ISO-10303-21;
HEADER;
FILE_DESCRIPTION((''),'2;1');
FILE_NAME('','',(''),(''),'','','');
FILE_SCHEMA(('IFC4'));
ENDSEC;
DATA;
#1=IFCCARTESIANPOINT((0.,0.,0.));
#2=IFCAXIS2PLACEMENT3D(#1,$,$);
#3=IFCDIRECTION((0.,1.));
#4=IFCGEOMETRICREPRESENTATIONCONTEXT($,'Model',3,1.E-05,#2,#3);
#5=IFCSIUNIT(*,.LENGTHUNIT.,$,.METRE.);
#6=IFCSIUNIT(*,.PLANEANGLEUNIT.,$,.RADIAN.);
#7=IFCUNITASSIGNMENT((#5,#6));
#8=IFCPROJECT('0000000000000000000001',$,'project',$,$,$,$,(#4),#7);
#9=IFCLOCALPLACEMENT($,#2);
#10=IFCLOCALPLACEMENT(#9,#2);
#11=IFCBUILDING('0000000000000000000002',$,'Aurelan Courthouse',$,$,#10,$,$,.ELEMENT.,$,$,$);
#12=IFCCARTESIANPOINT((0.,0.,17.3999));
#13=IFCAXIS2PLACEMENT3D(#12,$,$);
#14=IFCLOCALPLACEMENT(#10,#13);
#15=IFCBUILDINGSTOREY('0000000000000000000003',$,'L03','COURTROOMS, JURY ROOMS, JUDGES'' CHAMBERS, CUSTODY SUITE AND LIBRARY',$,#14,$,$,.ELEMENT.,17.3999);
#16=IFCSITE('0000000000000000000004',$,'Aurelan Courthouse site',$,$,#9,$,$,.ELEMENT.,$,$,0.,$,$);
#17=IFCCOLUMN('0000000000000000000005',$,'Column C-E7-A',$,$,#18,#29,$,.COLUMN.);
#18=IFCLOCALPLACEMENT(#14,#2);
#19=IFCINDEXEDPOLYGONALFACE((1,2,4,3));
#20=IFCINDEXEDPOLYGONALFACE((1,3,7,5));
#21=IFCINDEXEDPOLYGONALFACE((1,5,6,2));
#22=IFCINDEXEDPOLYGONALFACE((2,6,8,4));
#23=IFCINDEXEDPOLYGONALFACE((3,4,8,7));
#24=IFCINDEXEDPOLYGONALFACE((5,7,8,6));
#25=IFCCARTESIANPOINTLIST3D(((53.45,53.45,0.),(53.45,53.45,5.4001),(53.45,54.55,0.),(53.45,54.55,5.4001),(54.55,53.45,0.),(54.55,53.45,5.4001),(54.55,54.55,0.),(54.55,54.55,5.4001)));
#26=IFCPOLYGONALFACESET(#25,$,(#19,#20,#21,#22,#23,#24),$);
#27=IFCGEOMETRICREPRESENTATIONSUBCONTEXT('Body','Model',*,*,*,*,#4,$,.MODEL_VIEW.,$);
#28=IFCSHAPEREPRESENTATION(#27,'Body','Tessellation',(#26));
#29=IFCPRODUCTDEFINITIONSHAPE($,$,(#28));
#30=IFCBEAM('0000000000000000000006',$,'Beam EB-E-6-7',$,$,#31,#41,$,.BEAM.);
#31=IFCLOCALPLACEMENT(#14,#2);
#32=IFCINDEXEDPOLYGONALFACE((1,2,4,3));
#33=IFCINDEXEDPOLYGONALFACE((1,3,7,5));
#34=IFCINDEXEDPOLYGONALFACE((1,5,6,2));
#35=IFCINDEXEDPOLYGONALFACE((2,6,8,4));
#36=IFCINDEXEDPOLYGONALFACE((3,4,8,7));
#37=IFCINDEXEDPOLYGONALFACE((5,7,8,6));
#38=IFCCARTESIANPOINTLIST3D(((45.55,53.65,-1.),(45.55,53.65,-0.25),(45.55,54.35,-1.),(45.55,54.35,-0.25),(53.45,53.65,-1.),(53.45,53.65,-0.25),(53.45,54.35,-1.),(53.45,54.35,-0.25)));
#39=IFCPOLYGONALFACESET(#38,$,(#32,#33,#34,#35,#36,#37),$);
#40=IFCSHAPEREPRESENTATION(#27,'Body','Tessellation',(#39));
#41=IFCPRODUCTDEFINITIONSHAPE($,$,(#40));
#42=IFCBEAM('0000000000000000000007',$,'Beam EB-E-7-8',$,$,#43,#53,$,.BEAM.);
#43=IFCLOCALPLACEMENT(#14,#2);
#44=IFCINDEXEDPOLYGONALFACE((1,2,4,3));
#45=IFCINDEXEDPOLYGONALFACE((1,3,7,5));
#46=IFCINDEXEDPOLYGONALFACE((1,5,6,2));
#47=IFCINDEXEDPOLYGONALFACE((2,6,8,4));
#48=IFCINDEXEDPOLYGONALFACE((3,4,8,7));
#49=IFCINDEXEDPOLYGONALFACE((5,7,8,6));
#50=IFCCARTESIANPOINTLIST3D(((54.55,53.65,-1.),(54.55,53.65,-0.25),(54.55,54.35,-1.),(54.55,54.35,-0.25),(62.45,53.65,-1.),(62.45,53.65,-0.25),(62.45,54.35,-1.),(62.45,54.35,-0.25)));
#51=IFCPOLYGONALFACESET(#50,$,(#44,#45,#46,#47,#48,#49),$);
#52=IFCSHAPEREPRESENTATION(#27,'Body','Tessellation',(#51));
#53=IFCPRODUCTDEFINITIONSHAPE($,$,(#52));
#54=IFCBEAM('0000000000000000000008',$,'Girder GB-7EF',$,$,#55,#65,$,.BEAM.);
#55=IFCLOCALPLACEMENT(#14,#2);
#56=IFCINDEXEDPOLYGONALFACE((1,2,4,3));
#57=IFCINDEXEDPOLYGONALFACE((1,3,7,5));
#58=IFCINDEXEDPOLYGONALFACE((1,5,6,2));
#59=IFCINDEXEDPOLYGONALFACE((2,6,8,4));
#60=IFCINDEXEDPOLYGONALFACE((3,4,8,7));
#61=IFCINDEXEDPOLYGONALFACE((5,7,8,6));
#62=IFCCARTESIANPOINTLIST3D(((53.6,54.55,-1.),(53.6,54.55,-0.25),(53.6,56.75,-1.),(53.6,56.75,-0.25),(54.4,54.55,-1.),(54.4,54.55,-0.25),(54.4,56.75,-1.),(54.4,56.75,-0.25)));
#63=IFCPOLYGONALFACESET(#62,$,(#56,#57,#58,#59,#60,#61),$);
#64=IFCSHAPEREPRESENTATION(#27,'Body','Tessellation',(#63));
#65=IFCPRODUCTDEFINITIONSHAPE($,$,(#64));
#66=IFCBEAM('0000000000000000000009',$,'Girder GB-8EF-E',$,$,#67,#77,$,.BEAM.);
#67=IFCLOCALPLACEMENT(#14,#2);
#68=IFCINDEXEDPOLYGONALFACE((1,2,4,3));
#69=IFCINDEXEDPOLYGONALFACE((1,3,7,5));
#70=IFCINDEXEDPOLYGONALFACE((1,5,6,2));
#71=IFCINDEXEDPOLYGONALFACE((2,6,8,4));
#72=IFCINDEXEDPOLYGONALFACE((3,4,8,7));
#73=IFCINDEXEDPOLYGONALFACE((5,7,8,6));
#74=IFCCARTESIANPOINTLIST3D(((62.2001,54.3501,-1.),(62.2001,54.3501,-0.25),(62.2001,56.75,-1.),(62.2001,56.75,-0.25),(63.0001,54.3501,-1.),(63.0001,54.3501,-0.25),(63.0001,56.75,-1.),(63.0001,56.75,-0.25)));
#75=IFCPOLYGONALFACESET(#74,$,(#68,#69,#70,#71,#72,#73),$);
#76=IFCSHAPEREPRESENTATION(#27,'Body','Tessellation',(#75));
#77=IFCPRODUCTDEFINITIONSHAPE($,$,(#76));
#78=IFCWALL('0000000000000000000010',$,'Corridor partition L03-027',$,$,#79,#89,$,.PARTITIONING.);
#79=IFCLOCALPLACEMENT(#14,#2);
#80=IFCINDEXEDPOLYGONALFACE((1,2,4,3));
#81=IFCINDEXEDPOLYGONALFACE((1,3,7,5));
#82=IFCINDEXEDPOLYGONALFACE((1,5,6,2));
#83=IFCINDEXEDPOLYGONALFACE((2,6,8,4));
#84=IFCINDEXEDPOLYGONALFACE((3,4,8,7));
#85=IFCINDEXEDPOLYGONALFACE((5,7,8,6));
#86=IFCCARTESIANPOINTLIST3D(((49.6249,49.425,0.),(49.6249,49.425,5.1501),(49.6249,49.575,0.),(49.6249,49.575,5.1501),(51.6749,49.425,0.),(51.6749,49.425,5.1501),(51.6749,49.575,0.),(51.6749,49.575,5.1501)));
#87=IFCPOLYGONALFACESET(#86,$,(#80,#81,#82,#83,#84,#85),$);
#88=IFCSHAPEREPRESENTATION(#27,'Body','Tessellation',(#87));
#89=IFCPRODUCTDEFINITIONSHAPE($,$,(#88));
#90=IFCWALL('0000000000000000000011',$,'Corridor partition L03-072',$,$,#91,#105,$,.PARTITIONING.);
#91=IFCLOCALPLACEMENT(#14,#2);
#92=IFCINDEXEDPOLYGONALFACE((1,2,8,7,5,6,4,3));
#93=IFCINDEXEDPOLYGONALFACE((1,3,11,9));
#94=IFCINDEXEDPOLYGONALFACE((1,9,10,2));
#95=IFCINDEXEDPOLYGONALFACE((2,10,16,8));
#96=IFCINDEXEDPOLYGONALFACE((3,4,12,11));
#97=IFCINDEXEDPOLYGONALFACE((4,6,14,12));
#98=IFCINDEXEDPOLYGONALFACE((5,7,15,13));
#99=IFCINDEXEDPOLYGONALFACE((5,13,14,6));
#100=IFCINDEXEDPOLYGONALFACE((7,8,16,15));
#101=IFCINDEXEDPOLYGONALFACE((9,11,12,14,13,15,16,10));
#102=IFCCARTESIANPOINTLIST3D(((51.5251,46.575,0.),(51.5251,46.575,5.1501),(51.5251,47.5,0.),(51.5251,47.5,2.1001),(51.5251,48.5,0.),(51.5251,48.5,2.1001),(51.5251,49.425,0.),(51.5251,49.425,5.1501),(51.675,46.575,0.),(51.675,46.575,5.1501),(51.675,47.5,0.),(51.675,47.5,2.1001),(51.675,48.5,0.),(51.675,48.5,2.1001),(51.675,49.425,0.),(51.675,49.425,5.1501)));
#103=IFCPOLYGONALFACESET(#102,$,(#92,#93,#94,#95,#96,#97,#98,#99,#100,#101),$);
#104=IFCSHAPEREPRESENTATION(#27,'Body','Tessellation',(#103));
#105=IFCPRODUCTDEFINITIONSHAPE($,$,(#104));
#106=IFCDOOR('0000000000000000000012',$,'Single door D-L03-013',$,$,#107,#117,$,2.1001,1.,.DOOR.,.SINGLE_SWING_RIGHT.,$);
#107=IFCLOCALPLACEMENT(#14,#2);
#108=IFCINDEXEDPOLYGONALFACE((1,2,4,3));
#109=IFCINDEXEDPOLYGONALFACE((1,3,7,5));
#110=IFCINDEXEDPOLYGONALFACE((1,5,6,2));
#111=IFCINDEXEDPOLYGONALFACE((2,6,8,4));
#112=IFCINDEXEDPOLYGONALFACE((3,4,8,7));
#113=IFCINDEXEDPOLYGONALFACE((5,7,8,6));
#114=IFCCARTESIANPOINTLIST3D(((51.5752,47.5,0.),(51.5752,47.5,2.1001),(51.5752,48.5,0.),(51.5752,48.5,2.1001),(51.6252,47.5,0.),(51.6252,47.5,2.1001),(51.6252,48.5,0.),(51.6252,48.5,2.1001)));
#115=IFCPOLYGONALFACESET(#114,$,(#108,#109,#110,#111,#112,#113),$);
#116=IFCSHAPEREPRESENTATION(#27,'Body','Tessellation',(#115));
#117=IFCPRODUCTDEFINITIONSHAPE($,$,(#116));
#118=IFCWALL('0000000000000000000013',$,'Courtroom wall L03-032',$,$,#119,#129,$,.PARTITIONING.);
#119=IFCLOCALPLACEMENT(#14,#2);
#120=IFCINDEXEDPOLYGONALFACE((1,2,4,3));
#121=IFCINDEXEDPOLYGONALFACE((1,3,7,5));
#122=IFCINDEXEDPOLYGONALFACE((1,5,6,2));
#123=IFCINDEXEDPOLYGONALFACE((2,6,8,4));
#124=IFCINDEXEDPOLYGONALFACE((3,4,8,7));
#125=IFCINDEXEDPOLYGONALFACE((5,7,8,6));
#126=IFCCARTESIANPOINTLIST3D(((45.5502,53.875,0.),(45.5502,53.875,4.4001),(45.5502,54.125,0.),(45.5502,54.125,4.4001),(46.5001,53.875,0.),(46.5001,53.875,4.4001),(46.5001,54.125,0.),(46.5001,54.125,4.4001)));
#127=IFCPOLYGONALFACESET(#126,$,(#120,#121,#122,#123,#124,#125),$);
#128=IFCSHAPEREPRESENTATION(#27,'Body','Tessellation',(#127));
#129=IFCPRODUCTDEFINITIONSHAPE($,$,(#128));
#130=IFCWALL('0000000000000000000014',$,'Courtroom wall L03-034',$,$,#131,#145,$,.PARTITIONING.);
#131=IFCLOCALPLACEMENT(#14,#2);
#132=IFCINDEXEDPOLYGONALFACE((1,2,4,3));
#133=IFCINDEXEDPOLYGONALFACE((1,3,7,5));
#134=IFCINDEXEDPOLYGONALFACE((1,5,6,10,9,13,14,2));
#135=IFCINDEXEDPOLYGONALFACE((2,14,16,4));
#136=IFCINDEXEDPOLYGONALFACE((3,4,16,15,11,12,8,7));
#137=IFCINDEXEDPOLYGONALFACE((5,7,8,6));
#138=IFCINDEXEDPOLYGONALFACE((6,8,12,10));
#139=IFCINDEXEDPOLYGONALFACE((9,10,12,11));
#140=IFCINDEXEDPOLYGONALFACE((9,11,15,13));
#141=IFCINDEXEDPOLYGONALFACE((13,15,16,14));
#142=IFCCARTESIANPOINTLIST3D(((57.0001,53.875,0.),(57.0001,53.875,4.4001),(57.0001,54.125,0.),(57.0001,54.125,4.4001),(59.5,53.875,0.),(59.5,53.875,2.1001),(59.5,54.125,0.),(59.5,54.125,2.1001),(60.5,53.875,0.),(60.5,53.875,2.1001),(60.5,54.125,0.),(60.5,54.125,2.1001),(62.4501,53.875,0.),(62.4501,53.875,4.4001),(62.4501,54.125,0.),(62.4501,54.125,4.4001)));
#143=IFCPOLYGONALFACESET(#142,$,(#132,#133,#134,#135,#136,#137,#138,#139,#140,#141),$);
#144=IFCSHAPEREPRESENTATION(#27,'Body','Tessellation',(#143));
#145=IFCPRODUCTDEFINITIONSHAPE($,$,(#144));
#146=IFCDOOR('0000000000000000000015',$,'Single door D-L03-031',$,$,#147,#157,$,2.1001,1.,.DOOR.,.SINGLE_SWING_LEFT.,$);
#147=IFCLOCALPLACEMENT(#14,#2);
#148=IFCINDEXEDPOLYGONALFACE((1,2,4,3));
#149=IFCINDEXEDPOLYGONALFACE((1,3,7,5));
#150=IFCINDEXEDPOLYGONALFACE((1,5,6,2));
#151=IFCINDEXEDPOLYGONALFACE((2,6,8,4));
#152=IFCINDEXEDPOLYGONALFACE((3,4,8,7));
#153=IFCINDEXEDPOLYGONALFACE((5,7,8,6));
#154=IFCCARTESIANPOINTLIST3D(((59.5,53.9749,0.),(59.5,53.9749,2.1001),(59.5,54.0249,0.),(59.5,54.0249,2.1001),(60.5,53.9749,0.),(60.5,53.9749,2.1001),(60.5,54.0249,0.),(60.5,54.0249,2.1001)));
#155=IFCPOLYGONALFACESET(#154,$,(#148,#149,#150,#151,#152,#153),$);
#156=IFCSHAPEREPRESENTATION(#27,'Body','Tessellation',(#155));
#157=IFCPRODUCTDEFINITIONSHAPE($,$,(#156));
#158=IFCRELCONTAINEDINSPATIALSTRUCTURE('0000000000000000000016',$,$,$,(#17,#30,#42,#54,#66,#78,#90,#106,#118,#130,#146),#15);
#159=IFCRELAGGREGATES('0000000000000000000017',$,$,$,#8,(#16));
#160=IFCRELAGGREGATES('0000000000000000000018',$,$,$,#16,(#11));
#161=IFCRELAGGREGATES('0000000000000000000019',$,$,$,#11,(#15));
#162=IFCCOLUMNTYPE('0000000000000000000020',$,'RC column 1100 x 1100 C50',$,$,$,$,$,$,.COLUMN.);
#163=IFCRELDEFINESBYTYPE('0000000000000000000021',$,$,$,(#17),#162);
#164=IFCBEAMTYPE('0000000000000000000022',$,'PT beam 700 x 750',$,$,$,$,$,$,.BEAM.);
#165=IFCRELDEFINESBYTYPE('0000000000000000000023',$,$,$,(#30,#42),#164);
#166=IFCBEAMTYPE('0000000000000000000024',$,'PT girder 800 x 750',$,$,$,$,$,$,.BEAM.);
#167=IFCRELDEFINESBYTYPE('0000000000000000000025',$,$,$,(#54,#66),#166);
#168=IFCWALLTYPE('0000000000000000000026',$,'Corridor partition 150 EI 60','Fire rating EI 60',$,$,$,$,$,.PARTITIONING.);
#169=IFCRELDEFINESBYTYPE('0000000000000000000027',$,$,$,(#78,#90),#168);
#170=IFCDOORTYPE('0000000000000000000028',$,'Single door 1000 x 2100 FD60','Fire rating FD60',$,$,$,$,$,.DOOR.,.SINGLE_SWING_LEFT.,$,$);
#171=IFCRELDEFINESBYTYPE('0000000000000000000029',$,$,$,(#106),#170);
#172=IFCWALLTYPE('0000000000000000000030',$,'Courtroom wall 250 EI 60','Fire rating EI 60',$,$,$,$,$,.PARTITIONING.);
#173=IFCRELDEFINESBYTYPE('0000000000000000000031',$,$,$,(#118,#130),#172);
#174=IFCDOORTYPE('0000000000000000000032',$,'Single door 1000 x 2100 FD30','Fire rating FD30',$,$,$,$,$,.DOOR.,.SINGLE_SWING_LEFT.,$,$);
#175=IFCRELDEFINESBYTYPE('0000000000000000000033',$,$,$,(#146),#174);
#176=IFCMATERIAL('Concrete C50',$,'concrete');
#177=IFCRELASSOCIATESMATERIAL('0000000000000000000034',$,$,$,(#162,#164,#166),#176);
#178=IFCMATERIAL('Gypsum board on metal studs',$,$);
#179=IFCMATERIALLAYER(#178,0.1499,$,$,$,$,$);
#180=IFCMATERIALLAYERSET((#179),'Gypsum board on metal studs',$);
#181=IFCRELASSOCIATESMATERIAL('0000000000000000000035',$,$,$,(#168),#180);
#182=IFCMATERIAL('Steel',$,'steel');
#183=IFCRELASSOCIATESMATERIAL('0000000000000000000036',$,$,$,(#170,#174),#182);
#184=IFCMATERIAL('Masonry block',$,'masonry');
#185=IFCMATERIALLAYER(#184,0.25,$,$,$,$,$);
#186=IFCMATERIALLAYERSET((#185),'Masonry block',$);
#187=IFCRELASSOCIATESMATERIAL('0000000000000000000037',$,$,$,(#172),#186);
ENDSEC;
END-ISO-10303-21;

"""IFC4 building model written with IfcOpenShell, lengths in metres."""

from ifc_helpers import new_model, si_unit, direction, frame, frame_2d, origin, origin_2d, place, context, subcontext, project, spatial, rectangle, extrude, material, layer, layer_set, material_profile, profile_set, type_object, element, fill, save


model = new_model("IFC4")

# Units and contexts
model_context = context("Model", 3, precision=1e-05, world=origin(), true_north=direction((0.0, 1.0)))
body_context = subcontext(model_context, "Body", "Model", "MODEL_VIEW")
ifc_project = project(units=[si_unit("LENGTHUNIT", "METRE"), si_unit("PLANEANGLEUNIT", "RADIAN")], contexts=[model_context])

# Site, building, storey
site_placement = place(None, origin())
site = spatial("IfcSite", under=ifc_project, at=site_placement, Name="Aurelan Courthouse site", CompositionType="ELEMENT", RefElevation=0.0)
building_placement = place(site_placement, origin())
building = spatial("IfcBuilding", under=site, at=building_placement, Name="Aurelan Courthouse", CompositionType="ELEMENT")
storey_placement = place(building_placement, frame((0.0, 0.0, 17.3999)))
storey = spatial("IfcBuildingStorey", under=building, at=storey_placement, Name="L03", Description="COURTROOMS, JURY ROOMS, JUDGES' CHAMBERS, CUSTODY SUITE AND LIBRARY", CompositionType="ELEMENT", Elevation=17.3999)

# Column
ifc_material_1 = material(Name="Concrete C50", Category="concrete")
ifc_material_profile_1 = material_profile(ifc_material_1, rectangle(XDim=1.1001, YDim=1.1001, at=origin_2d()), Name="RC 1100 x 1100")
ifc_profile_set_1 = profile_set([ifc_material_profile_1], Name="Concrete C50")
column_type = type_object("IfcColumnType", Name="RC column 1100 x 1100 C50", PredefinedType="COLUMN", material=ifc_profile_set_1)
column_placement = place(storey_placement, frame((54.0, 54.0, 0.0), z_axis=(0.0, 0.0, 1.0), x_axis=(1.0, 0.0, 0.0)))
element("IfcColumn", 1, at=column_placement, inside=storey, type_object=column_type, Name="Column C-E7-A", PredefinedType="COLUMN", context=body_context, shape_type="SweptSolid", body=[
    extrude(rectangle(XDim=1.1001, YDim=1.1001, at=origin_2d()), origin(), (0.0, 0.0, 1.0), 5.4001),
])

# Beams
ifc_material_profile_2 = material_profile(ifc_material_1, rectangle(XDim=0.7, YDim=0.75, at=origin_2d()), Name="RC 700 x 750")
ifc_profile_set_2 = profile_set([ifc_material_profile_2], Name="Concrete C50")
beam_type_1 = type_object("IfcBeamType", Name="PT beam 700 x 750", PredefinedType="BEAM", material=ifc_profile_set_2)
for number, where, z_axis, x_axis, name in (
    (2, (45.55, 54.0, -0.625), (1.0, 0.0, 0.0), (0.0, 1.0, 0.0), "Beam EB-E-6-7"),
    (3, (54.55, 54.0, -0.625), (1.0, 0.0, 0.0), (0.0, 1.0, 0.0), "Beam EB-E-7-8"),
):
    element("IfcBeam", number, at=place(storey_placement, frame(where, z_axis=z_axis, x_axis=x_axis)), inside=storey, type_object=beam_type_1, Name=name, PredefinedType="BEAM", context=body_context, shape_type="SweptSolid", body=[
        extrude(rectangle(XDim=0.7, YDim=0.75, at=origin_2d()), origin(), (0.0, 0.0, 1.0), 7.8999),
    ])
ifc_material_profile_3 = material_profile(ifc_material_1, rectangle(XDim=0.8, YDim=0.75, at=origin_2d()), Name="RC 800 x 750")
ifc_profile_set_3 = profile_set([ifc_material_profile_3], Name="Concrete C50")
beam_type_2 = type_object("IfcBeamType", Name="PT girder 800 x 750", PredefinedType="BEAM", material=ifc_profile_set_3)
beam_1_placement = place(storey_placement, frame((54.0, 54.55, -0.625), z_axis=(0.0, 1.0, 0.0), x_axis=(-1.0, 0.0, 0.0)))
element("IfcBeam", 4, at=beam_1_placement, inside=storey, type_object=beam_type_2, Name="Girder GB-7EF", PredefinedType="BEAM", context=body_context, shape_type="SweptSolid", body=[
    extrude(rectangle(XDim=0.8, YDim=0.75, at=origin_2d()), origin(), (0.0, 0.0, 1.0), 2.2),
])
beam_2_placement = place(storey_placement, frame((62.6001, 54.3501, -0.625), z_axis=(0.0, 1.0, 0.0), x_axis=(-1.0, 0.0, 0.0)))
element("IfcBeam", 5, at=beam_2_placement, inside=storey, type_object=beam_type_2, Name="Girder GB-8EF-E", PredefinedType="BEAM", context=body_context, shape_type="SweptSolid", body=[
    extrude(rectangle(XDim=0.8, YDim=0.75, at=origin_2d()), origin(), (0.0, 0.0, 1.0), 2.3999),
])

# Wall
ifc_material_2 = material(Name="Gypsum board on metal studs")
ifc_layer_1 = layer(ifc_material_2, 0.1499)
ifc_layer_set_1 = layer_set([ifc_layer_1], Name="Gypsum board on metal studs")
wall_type_1 = type_object("IfcWallType", Name="Corridor partition 150 EI 60", Description="Fire rating EI 60", PredefinedType="PARTITIONING", material=ifc_layer_set_1)
wall_1_placement = place(storey_placement, frame((49.625, 49.5, 0.0), z_axis=(0.0, 0.0, 1.0), x_axis=(1.0, 0.0, 0.0)))
element("IfcWall", 6, at=wall_1_placement, inside=storey, type_object=wall_type_1, Name="Corridor partition L03-027", PredefinedType="PARTITIONING", context=body_context, shape_type="SweptSolid", body=[
    extrude(rectangle(XDim=2.05, YDim=0.1499, at=frame_2d((1.0249, 0.0))), origin(), (0.0, 0.0, 1.0), 5.1501),
])

# Wall, opening, door
wall_2_placement = place(storey_placement, frame((51.6001, 46.575, 0.0), z_axis=(0.0, 0.0, 1.0), x_axis=(0.0, 1.0, 0.0)))
wall_2 = element("IfcWall", 7, at=wall_2_placement, inside=storey, type_object=wall_type_1, Name="Corridor partition L03-072", PredefinedType="PARTITIONING", context=body_context, shape_type="SweptSolid", body=[
    extrude(rectangle(XDim=2.8501, YDim=0.1499, at=frame_2d((1.425, 0.0))), origin(), (0.0, 0.0, 1.0), 5.1501),
])
opening_1_placement = place(wall_2_placement, frame((0.925, 0.0, 0.0)))
opening_1 = element("IfcOpeningElement", 8, at=opening_1_placement, cuts=wall_2, PredefinedType="OPENING", context=body_context, shape_type="SweptSolid", body=[
    extrude(rectangle(XDim=1.0, YDim=2.1001, at=frame_2d((0.5, 1.05))), frame((0.0, 0.085, 0.0), z_axis=(0.0, -1.0, 0.0), x_axis=(1.0, 0.0, 0.0)), (0.0, 0.0, 1.0), 0.1699),
])
ifc_material_3 = material(Name="Steel", Category="steel")
door_type_1 = type_object("IfcDoorType", Name="Single door 1000 x 2100 FD60", Description="Fire rating FD60", OperationType="SINGLE_SWING_LEFT", PredefinedType="DOOR", material=ifc_material_3)
door_1_placement = place(opening_1_placement, origin())
door_1 = element("IfcDoor", 9, at=door_1_placement, inside=storey, type_object=door_type_1, Name="Single door D-L03-013", OperationType="SINGLE_SWING_RIGHT", OverallHeight=2.1001, OverallWidth=1.0, PredefinedType="DOOR", context=body_context, shape_type="SweptSolid", body=[
    extrude(rectangle(XDim=1.0, YDim=2.1001, at=frame_2d((0.5, 1.05))), frame((0.0, 0.0249, 0.0), z_axis=(0.0, -1.0, 0.0), x_axis=(1.0, 0.0, 0.0)), (0.0, 0.0, 1.0), 0.05),
])
fill(opening_1, door_1)

# Wall
ifc_material_4 = material(Name="Masonry block", Category="masonry")
ifc_layer_2 = layer(ifc_material_4, 0.25)
ifc_layer_set_2 = layer_set([ifc_layer_2], Name="Masonry block")
wall_type_2 = type_object("IfcWallType", Name="Courtroom wall 250 EI 60", Description="Fire rating EI 60", PredefinedType="PARTITIONING", material=ifc_layer_set_2)
wall_3_placement = place(storey_placement, frame((45.55, 54.0, 0.0), z_axis=(0.0, 0.0, 1.0), x_axis=(1.0, 0.0, 0.0)))
element("IfcWall", 10, at=wall_3_placement, inside=storey, type_object=wall_type_2, Name="Courtroom wall L03-032", PredefinedType="PARTITIONING", context=body_context, shape_type="SweptSolid", body=[
    extrude(rectangle(XDim=0.95, YDim=0.25, at=frame_2d((0.4751, 0.0))), origin(), (0.0, 0.0, 1.0), 4.4001),
])

# Wall, opening, door
wall_4_placement = place(storey_placement, frame((57.0, 54.0, 0.0), z_axis=(0.0, 0.0, 1.0), x_axis=(1.0, 0.0, 0.0)))
wall_4 = element("IfcWall", 11, at=wall_4_placement, inside=storey, type_object=wall_type_2, Name="Courtroom wall L03-034", PredefinedType="PARTITIONING", context=body_context, shape_type="SweptSolid", body=[
    extrude(rectangle(XDim=5.45, YDim=0.25, at=frame_2d((2.7251, 0.0))), origin(), (0.0, 0.0, 1.0), 4.4001),
])
opening_2_placement = place(wall_4_placement, frame((2.5, 0.0, 0.0)))
opening_2 = element("IfcOpeningElement", 12, at=opening_2_placement, cuts=wall_4, PredefinedType="OPENING", context=body_context, shape_type="SweptSolid", body=[
    extrude(rectangle(XDim=1.0, YDim=2.1001, at=frame_2d((0.5, 1.05))), frame((0.0, 0.135, 0.0), z_axis=(0.0, -1.0, 0.0), x_axis=(1.0, 0.0, 0.0)), (0.0, 0.0, 1.0), 0.27),
])
door_type_2 = type_object("IfcDoorType", Name="Single door 1000 x 2100 FD30", Description="Fire rating FD30", OperationType="SINGLE_SWING_LEFT", PredefinedType="DOOR", material=ifc_material_3)
door_2_placement = place(opening_2_placement, origin())
door_2 = element("IfcDoor", 13, at=door_2_placement, inside=storey, type_object=door_type_2, Name="Single door D-L03-031", OperationType="SINGLE_SWING_LEFT", OverallHeight=2.1001, OverallWidth=1.0, PredefinedType="DOOR", context=body_context, shape_type="SweptSolid", body=[
    extrude(rectangle(XDim=1.0, YDim=2.1001, at=frame_2d((0.5, 1.05))), frame((0.0, 0.0249, 0.0), z_axis=(0.0, -1.0, 0.0), x_axis=(1.0, 0.0, 0.0)), (0.0, 0.0, 1.0), 0.05),
])
fill(opening_2, door_2)

save(model, "model.ifc")
